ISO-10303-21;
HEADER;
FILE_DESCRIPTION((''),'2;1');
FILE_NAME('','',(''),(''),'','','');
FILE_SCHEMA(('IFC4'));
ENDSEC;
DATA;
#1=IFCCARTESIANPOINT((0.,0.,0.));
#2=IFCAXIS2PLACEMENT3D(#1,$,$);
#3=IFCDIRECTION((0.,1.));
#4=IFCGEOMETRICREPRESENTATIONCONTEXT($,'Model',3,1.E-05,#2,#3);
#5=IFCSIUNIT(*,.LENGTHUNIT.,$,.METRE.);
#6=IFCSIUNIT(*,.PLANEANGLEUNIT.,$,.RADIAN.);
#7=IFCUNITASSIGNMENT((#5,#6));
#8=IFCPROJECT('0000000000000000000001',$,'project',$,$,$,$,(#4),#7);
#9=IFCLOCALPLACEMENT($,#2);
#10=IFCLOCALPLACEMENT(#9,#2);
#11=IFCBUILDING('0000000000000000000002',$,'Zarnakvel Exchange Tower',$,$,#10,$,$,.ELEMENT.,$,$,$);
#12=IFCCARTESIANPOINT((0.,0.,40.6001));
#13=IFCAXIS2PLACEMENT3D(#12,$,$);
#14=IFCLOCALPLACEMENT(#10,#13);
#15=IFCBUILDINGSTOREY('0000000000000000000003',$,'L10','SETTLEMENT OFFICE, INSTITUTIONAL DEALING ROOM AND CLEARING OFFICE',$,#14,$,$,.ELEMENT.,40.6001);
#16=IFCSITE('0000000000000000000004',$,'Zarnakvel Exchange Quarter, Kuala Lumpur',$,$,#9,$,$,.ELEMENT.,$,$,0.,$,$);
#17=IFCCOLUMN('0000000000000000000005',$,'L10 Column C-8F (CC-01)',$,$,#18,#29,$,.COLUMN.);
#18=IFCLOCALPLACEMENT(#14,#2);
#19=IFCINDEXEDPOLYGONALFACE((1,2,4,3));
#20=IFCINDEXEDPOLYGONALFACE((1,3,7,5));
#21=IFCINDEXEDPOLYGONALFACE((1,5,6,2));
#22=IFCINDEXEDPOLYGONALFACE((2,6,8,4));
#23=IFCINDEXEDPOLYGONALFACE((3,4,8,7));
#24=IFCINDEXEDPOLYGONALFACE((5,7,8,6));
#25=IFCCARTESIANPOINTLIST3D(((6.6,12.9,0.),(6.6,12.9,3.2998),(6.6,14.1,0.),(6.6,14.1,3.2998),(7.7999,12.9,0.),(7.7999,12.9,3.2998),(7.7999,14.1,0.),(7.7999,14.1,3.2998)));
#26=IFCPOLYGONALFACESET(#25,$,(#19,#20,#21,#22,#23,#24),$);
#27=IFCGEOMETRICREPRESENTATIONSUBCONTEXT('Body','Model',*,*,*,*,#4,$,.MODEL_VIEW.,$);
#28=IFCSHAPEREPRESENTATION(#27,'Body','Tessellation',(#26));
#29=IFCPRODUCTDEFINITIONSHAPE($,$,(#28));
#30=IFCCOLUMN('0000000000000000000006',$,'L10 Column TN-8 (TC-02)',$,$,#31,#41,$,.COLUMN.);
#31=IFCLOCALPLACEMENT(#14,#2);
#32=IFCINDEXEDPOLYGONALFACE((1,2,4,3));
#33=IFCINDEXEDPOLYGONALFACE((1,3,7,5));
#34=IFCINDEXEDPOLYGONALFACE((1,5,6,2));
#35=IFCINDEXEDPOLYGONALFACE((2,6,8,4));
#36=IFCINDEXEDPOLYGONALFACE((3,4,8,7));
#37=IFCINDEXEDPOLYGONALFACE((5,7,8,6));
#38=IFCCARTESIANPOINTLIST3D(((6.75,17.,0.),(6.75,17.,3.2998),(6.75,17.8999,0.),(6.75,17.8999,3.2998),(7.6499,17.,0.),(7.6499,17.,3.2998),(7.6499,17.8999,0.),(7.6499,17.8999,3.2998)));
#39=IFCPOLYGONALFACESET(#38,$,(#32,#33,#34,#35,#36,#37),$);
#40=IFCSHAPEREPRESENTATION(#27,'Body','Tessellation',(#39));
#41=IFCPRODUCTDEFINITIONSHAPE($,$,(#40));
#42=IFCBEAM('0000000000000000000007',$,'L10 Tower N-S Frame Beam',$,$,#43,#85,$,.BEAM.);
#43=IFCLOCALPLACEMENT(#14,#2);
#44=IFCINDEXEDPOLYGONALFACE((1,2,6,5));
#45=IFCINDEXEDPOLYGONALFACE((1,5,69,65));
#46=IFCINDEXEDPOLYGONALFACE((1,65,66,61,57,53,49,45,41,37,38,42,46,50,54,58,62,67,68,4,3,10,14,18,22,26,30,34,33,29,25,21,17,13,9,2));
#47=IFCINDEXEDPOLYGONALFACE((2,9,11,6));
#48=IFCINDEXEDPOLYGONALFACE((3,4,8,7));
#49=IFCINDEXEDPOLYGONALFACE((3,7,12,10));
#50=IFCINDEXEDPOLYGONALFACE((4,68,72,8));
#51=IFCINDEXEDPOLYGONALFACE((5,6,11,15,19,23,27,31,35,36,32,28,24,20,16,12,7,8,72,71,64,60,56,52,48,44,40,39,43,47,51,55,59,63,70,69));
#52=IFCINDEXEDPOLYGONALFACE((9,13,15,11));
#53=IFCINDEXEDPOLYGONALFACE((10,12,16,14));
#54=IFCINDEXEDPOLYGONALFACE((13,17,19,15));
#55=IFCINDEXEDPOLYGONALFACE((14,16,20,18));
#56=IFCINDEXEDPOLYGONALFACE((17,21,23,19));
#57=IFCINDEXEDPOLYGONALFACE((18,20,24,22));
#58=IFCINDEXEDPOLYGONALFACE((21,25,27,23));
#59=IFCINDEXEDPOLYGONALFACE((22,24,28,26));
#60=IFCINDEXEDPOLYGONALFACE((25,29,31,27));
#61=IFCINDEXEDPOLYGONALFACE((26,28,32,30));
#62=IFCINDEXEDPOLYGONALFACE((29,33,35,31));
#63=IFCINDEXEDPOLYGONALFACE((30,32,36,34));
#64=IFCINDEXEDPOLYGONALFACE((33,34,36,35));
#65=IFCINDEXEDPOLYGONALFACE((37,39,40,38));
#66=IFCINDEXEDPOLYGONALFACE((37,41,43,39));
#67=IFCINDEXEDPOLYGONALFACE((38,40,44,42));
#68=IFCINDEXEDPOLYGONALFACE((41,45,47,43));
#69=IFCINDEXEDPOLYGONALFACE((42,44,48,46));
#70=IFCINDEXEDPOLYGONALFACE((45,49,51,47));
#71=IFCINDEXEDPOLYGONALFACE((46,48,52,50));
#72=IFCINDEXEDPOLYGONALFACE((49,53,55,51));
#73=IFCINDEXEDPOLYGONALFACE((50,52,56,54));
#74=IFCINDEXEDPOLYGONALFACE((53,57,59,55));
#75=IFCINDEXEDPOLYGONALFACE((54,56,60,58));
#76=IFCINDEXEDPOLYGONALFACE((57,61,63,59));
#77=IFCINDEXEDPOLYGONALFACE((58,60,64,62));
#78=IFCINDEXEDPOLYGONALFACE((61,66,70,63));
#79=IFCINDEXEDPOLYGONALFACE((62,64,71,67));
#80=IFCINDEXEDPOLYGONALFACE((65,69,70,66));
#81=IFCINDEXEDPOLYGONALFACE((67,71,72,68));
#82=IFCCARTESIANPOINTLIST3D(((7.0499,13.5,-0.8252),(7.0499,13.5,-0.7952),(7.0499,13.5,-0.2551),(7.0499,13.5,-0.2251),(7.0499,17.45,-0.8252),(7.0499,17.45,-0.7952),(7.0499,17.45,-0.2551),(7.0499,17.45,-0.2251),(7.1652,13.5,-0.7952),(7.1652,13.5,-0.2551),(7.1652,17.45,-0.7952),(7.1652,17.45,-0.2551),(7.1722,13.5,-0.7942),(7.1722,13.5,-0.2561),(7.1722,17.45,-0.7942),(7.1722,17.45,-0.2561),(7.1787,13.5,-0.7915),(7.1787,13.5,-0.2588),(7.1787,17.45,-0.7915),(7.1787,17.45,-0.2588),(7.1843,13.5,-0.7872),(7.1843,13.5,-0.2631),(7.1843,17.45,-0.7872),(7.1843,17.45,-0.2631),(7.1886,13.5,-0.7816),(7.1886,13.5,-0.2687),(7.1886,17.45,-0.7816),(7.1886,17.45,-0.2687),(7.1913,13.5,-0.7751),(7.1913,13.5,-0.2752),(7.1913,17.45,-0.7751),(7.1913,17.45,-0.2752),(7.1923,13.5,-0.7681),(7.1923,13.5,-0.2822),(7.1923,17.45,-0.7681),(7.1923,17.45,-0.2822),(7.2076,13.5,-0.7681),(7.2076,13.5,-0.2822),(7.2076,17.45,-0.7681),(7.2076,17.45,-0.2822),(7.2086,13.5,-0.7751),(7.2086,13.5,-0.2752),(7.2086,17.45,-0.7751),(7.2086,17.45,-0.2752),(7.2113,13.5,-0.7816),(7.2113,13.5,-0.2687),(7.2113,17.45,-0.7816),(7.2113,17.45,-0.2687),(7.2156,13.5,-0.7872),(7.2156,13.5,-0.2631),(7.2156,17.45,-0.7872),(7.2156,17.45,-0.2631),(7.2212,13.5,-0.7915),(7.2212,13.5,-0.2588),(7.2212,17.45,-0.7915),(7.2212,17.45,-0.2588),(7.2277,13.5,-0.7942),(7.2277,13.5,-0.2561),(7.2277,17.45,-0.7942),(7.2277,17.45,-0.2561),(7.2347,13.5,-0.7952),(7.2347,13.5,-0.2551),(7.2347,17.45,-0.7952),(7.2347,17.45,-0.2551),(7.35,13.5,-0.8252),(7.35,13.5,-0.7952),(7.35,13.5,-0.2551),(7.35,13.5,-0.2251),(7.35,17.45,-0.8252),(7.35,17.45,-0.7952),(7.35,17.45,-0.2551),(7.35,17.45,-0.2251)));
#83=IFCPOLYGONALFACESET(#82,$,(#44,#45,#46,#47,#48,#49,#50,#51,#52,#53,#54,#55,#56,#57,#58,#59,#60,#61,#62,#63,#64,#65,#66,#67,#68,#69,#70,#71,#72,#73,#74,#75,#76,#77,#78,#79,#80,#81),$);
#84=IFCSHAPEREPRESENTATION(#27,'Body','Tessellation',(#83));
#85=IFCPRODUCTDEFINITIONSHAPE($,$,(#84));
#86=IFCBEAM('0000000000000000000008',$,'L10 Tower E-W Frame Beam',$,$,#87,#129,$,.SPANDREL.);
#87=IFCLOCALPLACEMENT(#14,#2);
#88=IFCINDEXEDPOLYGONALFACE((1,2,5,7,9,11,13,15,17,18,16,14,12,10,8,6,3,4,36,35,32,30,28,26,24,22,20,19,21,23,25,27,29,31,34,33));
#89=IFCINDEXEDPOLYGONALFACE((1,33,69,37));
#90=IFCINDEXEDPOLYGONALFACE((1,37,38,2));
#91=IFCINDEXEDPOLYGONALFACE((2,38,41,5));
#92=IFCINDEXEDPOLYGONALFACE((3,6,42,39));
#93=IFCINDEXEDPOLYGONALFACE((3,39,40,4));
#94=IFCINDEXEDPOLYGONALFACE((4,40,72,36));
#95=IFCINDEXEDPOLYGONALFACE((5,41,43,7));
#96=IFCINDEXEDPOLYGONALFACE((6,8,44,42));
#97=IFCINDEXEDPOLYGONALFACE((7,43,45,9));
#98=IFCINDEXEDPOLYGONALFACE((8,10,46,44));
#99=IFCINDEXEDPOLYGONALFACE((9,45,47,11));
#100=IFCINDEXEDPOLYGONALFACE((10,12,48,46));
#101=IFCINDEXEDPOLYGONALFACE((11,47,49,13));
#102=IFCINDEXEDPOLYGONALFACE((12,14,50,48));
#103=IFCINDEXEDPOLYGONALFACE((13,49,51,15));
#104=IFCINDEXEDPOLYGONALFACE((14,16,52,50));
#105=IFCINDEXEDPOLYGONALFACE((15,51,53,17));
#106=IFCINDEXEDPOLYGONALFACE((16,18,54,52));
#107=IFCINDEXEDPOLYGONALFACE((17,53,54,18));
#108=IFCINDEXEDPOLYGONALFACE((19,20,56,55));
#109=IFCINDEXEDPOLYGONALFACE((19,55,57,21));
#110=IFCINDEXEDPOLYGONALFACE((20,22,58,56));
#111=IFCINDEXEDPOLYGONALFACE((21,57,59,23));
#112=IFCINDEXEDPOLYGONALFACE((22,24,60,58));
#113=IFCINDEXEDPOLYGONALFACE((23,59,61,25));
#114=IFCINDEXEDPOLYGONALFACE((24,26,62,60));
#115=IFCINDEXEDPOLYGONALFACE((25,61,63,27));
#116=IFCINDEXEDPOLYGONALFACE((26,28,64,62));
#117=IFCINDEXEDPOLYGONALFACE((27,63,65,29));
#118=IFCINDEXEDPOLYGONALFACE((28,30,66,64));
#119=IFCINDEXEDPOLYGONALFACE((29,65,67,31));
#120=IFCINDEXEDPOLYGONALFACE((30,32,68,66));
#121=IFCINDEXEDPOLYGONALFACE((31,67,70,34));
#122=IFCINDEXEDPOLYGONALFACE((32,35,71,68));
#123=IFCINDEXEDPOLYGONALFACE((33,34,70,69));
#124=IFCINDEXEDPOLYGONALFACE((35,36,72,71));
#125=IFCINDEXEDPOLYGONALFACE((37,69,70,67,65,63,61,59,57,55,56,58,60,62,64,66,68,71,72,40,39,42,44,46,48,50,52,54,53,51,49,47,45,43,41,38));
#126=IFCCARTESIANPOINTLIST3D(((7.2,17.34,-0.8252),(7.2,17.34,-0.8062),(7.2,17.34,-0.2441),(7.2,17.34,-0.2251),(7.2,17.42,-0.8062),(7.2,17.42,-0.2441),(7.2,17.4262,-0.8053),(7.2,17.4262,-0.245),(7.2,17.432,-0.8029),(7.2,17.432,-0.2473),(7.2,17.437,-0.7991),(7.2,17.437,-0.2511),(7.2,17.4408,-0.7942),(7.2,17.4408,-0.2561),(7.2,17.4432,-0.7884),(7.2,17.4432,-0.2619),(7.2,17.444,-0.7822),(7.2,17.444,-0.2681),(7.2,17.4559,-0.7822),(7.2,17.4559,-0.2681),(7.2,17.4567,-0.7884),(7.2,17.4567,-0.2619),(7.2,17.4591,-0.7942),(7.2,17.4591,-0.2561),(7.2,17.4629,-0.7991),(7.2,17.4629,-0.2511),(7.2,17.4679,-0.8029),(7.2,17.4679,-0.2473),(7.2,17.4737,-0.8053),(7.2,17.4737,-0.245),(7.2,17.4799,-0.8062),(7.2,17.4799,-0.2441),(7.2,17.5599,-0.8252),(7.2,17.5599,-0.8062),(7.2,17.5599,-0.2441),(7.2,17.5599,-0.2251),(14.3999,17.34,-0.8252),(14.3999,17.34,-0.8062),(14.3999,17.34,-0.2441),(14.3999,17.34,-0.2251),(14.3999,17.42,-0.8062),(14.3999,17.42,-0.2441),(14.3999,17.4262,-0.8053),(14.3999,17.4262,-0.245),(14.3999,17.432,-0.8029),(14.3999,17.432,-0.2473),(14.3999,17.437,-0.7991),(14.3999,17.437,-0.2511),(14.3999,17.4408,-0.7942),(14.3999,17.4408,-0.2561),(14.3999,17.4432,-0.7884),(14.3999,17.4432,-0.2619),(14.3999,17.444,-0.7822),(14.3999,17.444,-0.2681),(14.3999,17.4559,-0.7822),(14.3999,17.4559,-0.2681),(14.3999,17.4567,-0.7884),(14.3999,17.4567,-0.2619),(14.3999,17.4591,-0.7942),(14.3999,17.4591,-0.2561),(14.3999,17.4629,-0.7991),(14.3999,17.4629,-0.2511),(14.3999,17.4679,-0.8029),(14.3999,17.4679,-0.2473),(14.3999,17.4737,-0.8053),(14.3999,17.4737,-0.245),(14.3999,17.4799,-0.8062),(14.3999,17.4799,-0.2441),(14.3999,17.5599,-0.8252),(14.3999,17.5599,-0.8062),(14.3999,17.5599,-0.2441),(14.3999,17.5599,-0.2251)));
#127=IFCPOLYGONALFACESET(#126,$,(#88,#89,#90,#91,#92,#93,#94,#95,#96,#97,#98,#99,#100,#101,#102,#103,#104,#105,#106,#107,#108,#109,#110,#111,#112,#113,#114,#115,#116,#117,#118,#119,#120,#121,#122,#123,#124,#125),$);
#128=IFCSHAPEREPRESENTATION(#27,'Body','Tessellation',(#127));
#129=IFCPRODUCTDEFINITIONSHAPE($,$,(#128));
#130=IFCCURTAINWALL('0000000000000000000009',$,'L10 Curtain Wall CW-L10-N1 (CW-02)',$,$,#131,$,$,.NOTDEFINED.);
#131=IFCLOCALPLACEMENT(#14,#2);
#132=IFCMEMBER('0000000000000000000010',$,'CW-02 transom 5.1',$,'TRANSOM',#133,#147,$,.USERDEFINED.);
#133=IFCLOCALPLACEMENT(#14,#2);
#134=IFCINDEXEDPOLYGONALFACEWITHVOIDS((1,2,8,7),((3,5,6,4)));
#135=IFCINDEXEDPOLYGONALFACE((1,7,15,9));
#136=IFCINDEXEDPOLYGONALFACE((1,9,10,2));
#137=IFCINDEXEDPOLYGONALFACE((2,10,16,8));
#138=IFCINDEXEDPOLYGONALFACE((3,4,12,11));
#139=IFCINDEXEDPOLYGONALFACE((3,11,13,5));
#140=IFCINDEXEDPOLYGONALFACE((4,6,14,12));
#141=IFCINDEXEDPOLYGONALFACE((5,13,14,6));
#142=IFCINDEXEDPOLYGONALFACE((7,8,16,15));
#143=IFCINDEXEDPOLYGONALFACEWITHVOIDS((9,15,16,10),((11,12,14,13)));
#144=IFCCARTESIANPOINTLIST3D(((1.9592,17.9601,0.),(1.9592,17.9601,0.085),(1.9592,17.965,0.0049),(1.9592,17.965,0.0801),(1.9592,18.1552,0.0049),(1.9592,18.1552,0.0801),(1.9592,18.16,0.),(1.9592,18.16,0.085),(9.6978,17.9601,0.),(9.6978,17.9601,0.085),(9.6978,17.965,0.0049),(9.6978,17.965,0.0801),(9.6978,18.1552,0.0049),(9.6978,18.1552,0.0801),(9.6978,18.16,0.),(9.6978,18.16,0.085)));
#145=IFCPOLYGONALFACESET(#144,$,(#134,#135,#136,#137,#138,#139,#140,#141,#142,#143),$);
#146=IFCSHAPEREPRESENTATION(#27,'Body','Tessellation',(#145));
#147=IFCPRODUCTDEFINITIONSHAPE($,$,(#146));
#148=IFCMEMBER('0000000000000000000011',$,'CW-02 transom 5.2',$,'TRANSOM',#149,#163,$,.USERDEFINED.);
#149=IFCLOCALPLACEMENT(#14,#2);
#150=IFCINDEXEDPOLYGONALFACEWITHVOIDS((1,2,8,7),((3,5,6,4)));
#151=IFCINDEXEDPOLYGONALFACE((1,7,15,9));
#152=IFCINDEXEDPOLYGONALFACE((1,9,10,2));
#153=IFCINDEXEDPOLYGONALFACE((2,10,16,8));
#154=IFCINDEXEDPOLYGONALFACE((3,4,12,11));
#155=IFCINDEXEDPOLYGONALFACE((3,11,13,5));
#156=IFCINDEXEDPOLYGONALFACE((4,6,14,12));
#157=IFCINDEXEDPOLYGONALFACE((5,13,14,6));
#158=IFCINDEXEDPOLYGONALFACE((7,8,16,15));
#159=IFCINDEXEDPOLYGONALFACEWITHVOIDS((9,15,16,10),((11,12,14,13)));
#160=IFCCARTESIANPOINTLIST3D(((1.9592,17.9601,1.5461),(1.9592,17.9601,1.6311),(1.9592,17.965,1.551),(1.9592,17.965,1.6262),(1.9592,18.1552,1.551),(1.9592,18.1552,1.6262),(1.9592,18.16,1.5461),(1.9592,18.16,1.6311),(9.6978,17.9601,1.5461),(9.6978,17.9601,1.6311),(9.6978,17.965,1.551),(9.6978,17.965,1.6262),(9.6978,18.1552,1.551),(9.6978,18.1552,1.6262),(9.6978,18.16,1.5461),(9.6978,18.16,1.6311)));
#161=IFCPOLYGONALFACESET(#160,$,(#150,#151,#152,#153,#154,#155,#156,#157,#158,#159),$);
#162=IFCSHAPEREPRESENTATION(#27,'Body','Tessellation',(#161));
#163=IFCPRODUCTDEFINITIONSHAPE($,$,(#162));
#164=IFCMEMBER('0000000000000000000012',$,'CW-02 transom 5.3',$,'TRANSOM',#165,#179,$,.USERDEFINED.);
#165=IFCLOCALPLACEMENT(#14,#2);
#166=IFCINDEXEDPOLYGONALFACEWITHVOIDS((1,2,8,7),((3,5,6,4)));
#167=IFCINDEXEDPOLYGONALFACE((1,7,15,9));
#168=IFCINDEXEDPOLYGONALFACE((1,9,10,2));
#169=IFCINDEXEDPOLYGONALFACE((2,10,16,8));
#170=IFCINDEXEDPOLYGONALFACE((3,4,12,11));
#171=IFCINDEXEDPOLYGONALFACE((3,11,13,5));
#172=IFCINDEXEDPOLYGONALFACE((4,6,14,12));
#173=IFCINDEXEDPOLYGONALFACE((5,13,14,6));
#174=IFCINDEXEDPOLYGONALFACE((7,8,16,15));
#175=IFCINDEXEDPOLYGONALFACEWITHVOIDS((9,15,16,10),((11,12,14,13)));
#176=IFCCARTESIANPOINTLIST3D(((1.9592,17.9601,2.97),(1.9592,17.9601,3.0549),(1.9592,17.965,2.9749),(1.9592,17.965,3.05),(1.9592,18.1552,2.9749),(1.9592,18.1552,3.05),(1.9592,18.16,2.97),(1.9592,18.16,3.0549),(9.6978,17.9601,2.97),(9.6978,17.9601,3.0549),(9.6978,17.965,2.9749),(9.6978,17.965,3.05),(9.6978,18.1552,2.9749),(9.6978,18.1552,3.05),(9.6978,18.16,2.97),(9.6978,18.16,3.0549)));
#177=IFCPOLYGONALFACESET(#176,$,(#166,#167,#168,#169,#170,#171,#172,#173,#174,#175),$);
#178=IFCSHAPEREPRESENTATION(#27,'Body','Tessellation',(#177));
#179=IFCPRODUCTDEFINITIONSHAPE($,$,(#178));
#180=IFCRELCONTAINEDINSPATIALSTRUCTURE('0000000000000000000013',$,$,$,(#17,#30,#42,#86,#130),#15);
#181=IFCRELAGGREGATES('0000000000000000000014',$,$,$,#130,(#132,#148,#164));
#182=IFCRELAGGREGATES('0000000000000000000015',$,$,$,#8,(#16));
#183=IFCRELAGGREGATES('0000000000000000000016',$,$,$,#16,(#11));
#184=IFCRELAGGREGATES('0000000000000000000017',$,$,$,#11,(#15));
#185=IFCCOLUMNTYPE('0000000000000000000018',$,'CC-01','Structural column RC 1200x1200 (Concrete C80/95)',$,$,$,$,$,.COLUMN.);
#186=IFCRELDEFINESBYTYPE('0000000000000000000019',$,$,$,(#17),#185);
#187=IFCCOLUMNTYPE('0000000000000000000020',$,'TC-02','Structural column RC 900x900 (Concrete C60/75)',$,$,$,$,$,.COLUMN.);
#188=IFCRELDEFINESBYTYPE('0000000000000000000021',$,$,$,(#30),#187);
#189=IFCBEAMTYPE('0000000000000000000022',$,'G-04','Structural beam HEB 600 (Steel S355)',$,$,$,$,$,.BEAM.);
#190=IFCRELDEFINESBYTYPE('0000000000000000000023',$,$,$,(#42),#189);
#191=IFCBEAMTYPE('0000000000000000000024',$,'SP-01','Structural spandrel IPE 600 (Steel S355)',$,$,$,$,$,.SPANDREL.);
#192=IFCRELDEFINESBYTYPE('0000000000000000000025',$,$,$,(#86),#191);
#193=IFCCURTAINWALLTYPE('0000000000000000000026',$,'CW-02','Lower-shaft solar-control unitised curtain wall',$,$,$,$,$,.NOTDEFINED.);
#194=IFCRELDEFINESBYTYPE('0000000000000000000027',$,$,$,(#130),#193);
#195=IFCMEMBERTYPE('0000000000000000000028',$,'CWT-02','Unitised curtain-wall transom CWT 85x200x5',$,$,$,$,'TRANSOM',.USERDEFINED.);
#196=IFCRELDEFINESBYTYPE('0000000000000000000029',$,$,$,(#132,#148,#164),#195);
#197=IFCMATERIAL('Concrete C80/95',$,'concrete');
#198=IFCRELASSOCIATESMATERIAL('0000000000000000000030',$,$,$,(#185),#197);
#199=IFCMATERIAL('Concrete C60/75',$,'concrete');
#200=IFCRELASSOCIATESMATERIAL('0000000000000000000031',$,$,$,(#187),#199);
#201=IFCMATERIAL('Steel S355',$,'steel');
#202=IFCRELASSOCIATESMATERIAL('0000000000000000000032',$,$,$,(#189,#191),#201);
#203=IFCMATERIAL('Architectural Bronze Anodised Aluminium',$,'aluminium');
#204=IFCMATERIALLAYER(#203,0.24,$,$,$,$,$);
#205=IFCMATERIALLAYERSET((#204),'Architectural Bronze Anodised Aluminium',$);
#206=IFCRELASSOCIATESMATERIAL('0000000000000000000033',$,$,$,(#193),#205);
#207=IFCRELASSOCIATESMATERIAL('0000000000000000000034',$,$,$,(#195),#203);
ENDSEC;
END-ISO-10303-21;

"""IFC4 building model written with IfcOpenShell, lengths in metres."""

from ifc_helpers import new_model, si_unit, direction, frame, origin, origin_2d, place, context, subcontext, project, spatial, rectangle, hollow_rectangle, i_section, extrude, source, transform, mapped, material, layer, layer_set, material_profile, profile_set, type_object, element, aggregate, save


model = new_model("IFC4")

# Units and contexts
model_context = context("Model", 3, precision=1e-05, world=origin(), true_north=direction((0.0, 1.0)))
body_context = subcontext(model_context, "Body", "Model", "MODEL_VIEW")
ifc_project = project(units=[si_unit("LENGTHUNIT", "METRE"), si_unit("PLANEANGLEUNIT", "RADIAN")], contexts=[model_context])

# Site, building, storey
site_placement = place(None, origin())
site = spatial("IfcSite", under=ifc_project, at=site_placement, Name="Zarnakvel Exchange Quarter, Kuala Lumpur", CompositionType="ELEMENT", RefElevation=0.0)
building_placement = place(site_placement, origin())
building = spatial("IfcBuilding", under=site, at=building_placement, Name="Zarnakvel Exchange Tower", CompositionType="ELEMENT")
storey_placement = place(building_placement, frame((0.0, 0.0, 40.6001)))
storey = spatial("IfcBuildingStorey", under=building, at=storey_placement, Name="L10", Description="SETTLEMENT OFFICE, INSTITUTIONAL DEALING ROOM AND CLEARING OFFICE", CompositionType="ELEMENT", Elevation=40.6001)

# Columns
ifc_material_1 = material(Name="Concrete C80/95", Category="concrete")
ifc_material_profile_1 = material_profile(ifc_material_1, rectangle(XDim=1.2, YDim=1.2, at=origin_2d()))
ifc_profile_set_1 = profile_set([ifc_material_profile_1], Name="Concrete C80/95")
column_type_1 = type_object("IfcColumnType", Name="CC-01", Description="Structural column RC 1200x1200 (Concrete C80/95)", PredefinedType="COLUMN", material=ifc_profile_set_1)
column_1_placement = place(storey_placement, frame((7.2, 13.5, 0.0), z_axis=(0.0, 0.0, 1.0), x_axis=(1.0, 0.0, 0.0)))
element("IfcColumn", 1, at=column_1_placement, inside=storey, type_object=column_type_1, Name="L10 Column C-8F (CC-01)", PredefinedType="COLUMN", context=body_context, shape_type="SweptSolid", body=[
    extrude(rectangle(XDim=1.2, YDim=1.2, at=origin_2d()), origin(), (0.0, 0.0, 1.0), 3.2998),
])
ifc_material_2 = material(Name="Concrete C60/75", Category="concrete")
ifc_material_profile_2 = material_profile(ifc_material_2, rectangle(XDim=0.8999, YDim=0.8999, at=origin_2d()))
ifc_profile_set_2 = profile_set([ifc_material_profile_2], Name="Concrete C60/75")
column_type_2 = type_object("IfcColumnType", Name="TC-02", Description="Structural column RC 900x900 (Concrete C60/75)", PredefinedType="COLUMN", material=ifc_profile_set_2)
column_2_placement = place(storey_placement, frame((7.2, 17.45, 0.0), z_axis=(0.0, 0.0, 1.0), x_axis=(1.0, 0.0, 0.0)))
element("IfcColumn", 2, at=column_2_placement, inside=storey, type_object=column_type_2, Name="L10 Column TN-8 (TC-02)", PredefinedType="COLUMN", context=body_context, shape_type="SweptSolid", body=[
    extrude(rectangle(XDim=0.8999, YDim=0.8999, at=origin_2d()), origin(), (0.0, 0.0, 1.0), 3.2998),
])

# Beams
ifc_material_3 = material(Name="Steel S355", Category="steel")
ifc_material_profile_3 = material_profile(ifc_material_3, i_section(OverallWidth=0.3, OverallDepth=0.6001, WebThickness=0.0154, FlangeThickness=0.03, FilletRadius=0.0271, at=origin_2d()))
ifc_profile_set_3 = profile_set([ifc_material_profile_3], Name="Steel S355")
beam_type_1 = type_object("IfcBeamType", Name="G-04", Description="Structural beam HEB 600 (Steel S355)", PredefinedType="BEAM", material=ifc_profile_set_3)
beam_1_placement = place(storey_placement, frame((7.2, 13.5, -0.5251), z_axis=(0.0, 1.0, 0.0), x_axis=(-1.0, 0.0, 0.0)))
element("IfcBeam", 3, at=beam_1_placement, inside=storey, type_object=beam_type_1, Name="L10 Tower N-S Frame Beam", PredefinedType="BEAM", context=body_context, shape_type="SweptSolid", body=[
    extrude(i_section(OverallWidth=0.3, OverallDepth=0.6001, WebThickness=0.0154, FlangeThickness=0.03, FilletRadius=0.0271, at=origin_2d()), origin(), (0.0, 0.0, 1.0), 3.95),
])
ifc_material_profile_4 = material_profile(ifc_material_3, i_section(OverallWidth=0.22, OverallDepth=0.6001, WebThickness=0.012, FlangeThickness=0.019, FilletRadius=0.0239, at=origin_2d()))
ifc_profile_set_4 = profile_set([ifc_material_profile_4], Name="Steel S355")
beam_type_2 = type_object("IfcBeamType", Name="SP-01", Description="Structural spandrel IPE 600 (Steel S355)", PredefinedType="SPANDREL", material=ifc_profile_set_4)
beam_2_placement = place(storey_placement, frame((7.2, 17.45, -0.5251), z_axis=(1.0, 0.0, 0.0), x_axis=(0.0, 1.0, 0.0)))
element("IfcBeam", 4, at=beam_2_placement, inside=storey, type_object=beam_type_2, Name="L10 Tower E-W Frame Beam", PredefinedType="SPANDREL", context=body_context, shape_type="SweptSolid", body=[
    extrude(i_section(OverallWidth=0.22, OverallDepth=0.6001, WebThickness=0.012, FlangeThickness=0.019, FilletRadius=0.0239, at=origin_2d()), origin(), (0.0, 0.0, 1.0), 7.2),
])

# Curtain wall, members
ifc_material_4 = material(Name="Architectural Bronze Anodised Aluminium", Category="aluminium")
ifc_layer_1 = layer(ifc_material_4, 0.24)
ifc_layer_set_1 = layer_set([ifc_layer_1], Name="Architectural Bronze Anodised Aluminium")
curtain_wall_type = type_object("IfcCurtainWallType", Name="CW-02", Description="Lower-shaft solar-control unitised curtain wall", PredefinedType="NOTDEFINED", material=ifc_layer_set_1)
curtain_wall_placement = place(storey_placement, origin())
curtain_wall = element("IfcCurtainWall", 5, at=curtain_wall_placement, inside=storey, type_object=curtain_wall_type, Name="L10 Curtain Wall CW-L10-N1 (CW-02)", PredefinedType="NOTDEFINED")
ifc_material_profile_5 = material_profile(ifc_material_4, hollow_rectangle(XDim=0.2, YDim=0.085, WallThickness=0.0049, at=origin_2d()))
ifc_profile_set_5 = profile_set([ifc_material_profile_5], Name="Architectural Bronze Anodised Aluminium")
member_type_1 = type_object("IfcMemberType", Name="CWT-02", Description="Unitised curtain-wall transom CWT 85x200x5", ElementType="TRANSOM", PredefinedType="USERDEFINED", material=ifc_profile_set_5)
shared_shape_1 = source(origin(), body_context, "Body", "SweptSolid", [
    extrude(hollow_rectangle(XDim=0.2, YDim=0.085, WallThickness=0.0049, at=origin_2d()), origin(), (0.0, 0.0, 1.0), 7.7385),
])
member_1_placement = place(storey_placement, frame((1.9592, 18.0601, 0.0425), z_axis=(1.0, 0.0, 0.0), x_axis=(0.0, 1.0, 0.0)))
member_1 = element("IfcMember", 6, at=member_1_placement, type_object=member_type_1, Name="CW-02 transom 5.1", ObjectType="TRANSOM", PredefinedType="USERDEFINED", context=body_context, shape_type="MappedRepresentation", body=[
    mapped(shared_shape_1, transform((0.0, 0.0, 0.0), x_axis=(1.0, 0.0, 0.0), y_axis=(0.0, 1.0, 0.0), z_axis=(0.0, 0.0, 1.0), scale=1.0)),
])
member_2_placement = place(storey_placement, frame((1.9592, 18.0601, 1.5886), z_axis=(1.0, 0.0, 0.0), x_axis=(0.0, 1.0, 0.0)))
member_2 = element("IfcMember", 7, at=member_2_placement, type_object=member_type_1, Name="CW-02 transom 5.2", ObjectType="TRANSOM", PredefinedType="USERDEFINED", context=body_context, shape_type="MappedRepresentation", body=[
    mapped(shared_shape_1, transform((0.0, 0.0, 0.0), x_axis=(1.0, 0.0, 0.0), y_axis=(0.0, 1.0, 0.0), z_axis=(0.0, 0.0, 1.0), scale=1.0)),
])
member_3_placement = place(storey_placement, frame((1.9592, 18.0601, 3.0125), z_axis=(1.0, 0.0, 0.0), x_axis=(0.0, 1.0, 0.0)))
member_3 = element("IfcMember", 8, at=member_3_placement, type_object=member_type_1, Name="CW-02 transom 5.3", ObjectType="TRANSOM", PredefinedType="USERDEFINED", context=body_context, shape_type="MappedRepresentation", body=[
    mapped(shared_shape_1, transform((0.0, 0.0, 0.0), x_axis=(1.0, 0.0, 0.0), y_axis=(0.0, 1.0, 0.0), z_axis=(0.0, 0.0, 1.0), scale=1.0)),
])
aggregate(curtain_wall, [member_1, member_2, member_3])

save(model, "model.ifc")
